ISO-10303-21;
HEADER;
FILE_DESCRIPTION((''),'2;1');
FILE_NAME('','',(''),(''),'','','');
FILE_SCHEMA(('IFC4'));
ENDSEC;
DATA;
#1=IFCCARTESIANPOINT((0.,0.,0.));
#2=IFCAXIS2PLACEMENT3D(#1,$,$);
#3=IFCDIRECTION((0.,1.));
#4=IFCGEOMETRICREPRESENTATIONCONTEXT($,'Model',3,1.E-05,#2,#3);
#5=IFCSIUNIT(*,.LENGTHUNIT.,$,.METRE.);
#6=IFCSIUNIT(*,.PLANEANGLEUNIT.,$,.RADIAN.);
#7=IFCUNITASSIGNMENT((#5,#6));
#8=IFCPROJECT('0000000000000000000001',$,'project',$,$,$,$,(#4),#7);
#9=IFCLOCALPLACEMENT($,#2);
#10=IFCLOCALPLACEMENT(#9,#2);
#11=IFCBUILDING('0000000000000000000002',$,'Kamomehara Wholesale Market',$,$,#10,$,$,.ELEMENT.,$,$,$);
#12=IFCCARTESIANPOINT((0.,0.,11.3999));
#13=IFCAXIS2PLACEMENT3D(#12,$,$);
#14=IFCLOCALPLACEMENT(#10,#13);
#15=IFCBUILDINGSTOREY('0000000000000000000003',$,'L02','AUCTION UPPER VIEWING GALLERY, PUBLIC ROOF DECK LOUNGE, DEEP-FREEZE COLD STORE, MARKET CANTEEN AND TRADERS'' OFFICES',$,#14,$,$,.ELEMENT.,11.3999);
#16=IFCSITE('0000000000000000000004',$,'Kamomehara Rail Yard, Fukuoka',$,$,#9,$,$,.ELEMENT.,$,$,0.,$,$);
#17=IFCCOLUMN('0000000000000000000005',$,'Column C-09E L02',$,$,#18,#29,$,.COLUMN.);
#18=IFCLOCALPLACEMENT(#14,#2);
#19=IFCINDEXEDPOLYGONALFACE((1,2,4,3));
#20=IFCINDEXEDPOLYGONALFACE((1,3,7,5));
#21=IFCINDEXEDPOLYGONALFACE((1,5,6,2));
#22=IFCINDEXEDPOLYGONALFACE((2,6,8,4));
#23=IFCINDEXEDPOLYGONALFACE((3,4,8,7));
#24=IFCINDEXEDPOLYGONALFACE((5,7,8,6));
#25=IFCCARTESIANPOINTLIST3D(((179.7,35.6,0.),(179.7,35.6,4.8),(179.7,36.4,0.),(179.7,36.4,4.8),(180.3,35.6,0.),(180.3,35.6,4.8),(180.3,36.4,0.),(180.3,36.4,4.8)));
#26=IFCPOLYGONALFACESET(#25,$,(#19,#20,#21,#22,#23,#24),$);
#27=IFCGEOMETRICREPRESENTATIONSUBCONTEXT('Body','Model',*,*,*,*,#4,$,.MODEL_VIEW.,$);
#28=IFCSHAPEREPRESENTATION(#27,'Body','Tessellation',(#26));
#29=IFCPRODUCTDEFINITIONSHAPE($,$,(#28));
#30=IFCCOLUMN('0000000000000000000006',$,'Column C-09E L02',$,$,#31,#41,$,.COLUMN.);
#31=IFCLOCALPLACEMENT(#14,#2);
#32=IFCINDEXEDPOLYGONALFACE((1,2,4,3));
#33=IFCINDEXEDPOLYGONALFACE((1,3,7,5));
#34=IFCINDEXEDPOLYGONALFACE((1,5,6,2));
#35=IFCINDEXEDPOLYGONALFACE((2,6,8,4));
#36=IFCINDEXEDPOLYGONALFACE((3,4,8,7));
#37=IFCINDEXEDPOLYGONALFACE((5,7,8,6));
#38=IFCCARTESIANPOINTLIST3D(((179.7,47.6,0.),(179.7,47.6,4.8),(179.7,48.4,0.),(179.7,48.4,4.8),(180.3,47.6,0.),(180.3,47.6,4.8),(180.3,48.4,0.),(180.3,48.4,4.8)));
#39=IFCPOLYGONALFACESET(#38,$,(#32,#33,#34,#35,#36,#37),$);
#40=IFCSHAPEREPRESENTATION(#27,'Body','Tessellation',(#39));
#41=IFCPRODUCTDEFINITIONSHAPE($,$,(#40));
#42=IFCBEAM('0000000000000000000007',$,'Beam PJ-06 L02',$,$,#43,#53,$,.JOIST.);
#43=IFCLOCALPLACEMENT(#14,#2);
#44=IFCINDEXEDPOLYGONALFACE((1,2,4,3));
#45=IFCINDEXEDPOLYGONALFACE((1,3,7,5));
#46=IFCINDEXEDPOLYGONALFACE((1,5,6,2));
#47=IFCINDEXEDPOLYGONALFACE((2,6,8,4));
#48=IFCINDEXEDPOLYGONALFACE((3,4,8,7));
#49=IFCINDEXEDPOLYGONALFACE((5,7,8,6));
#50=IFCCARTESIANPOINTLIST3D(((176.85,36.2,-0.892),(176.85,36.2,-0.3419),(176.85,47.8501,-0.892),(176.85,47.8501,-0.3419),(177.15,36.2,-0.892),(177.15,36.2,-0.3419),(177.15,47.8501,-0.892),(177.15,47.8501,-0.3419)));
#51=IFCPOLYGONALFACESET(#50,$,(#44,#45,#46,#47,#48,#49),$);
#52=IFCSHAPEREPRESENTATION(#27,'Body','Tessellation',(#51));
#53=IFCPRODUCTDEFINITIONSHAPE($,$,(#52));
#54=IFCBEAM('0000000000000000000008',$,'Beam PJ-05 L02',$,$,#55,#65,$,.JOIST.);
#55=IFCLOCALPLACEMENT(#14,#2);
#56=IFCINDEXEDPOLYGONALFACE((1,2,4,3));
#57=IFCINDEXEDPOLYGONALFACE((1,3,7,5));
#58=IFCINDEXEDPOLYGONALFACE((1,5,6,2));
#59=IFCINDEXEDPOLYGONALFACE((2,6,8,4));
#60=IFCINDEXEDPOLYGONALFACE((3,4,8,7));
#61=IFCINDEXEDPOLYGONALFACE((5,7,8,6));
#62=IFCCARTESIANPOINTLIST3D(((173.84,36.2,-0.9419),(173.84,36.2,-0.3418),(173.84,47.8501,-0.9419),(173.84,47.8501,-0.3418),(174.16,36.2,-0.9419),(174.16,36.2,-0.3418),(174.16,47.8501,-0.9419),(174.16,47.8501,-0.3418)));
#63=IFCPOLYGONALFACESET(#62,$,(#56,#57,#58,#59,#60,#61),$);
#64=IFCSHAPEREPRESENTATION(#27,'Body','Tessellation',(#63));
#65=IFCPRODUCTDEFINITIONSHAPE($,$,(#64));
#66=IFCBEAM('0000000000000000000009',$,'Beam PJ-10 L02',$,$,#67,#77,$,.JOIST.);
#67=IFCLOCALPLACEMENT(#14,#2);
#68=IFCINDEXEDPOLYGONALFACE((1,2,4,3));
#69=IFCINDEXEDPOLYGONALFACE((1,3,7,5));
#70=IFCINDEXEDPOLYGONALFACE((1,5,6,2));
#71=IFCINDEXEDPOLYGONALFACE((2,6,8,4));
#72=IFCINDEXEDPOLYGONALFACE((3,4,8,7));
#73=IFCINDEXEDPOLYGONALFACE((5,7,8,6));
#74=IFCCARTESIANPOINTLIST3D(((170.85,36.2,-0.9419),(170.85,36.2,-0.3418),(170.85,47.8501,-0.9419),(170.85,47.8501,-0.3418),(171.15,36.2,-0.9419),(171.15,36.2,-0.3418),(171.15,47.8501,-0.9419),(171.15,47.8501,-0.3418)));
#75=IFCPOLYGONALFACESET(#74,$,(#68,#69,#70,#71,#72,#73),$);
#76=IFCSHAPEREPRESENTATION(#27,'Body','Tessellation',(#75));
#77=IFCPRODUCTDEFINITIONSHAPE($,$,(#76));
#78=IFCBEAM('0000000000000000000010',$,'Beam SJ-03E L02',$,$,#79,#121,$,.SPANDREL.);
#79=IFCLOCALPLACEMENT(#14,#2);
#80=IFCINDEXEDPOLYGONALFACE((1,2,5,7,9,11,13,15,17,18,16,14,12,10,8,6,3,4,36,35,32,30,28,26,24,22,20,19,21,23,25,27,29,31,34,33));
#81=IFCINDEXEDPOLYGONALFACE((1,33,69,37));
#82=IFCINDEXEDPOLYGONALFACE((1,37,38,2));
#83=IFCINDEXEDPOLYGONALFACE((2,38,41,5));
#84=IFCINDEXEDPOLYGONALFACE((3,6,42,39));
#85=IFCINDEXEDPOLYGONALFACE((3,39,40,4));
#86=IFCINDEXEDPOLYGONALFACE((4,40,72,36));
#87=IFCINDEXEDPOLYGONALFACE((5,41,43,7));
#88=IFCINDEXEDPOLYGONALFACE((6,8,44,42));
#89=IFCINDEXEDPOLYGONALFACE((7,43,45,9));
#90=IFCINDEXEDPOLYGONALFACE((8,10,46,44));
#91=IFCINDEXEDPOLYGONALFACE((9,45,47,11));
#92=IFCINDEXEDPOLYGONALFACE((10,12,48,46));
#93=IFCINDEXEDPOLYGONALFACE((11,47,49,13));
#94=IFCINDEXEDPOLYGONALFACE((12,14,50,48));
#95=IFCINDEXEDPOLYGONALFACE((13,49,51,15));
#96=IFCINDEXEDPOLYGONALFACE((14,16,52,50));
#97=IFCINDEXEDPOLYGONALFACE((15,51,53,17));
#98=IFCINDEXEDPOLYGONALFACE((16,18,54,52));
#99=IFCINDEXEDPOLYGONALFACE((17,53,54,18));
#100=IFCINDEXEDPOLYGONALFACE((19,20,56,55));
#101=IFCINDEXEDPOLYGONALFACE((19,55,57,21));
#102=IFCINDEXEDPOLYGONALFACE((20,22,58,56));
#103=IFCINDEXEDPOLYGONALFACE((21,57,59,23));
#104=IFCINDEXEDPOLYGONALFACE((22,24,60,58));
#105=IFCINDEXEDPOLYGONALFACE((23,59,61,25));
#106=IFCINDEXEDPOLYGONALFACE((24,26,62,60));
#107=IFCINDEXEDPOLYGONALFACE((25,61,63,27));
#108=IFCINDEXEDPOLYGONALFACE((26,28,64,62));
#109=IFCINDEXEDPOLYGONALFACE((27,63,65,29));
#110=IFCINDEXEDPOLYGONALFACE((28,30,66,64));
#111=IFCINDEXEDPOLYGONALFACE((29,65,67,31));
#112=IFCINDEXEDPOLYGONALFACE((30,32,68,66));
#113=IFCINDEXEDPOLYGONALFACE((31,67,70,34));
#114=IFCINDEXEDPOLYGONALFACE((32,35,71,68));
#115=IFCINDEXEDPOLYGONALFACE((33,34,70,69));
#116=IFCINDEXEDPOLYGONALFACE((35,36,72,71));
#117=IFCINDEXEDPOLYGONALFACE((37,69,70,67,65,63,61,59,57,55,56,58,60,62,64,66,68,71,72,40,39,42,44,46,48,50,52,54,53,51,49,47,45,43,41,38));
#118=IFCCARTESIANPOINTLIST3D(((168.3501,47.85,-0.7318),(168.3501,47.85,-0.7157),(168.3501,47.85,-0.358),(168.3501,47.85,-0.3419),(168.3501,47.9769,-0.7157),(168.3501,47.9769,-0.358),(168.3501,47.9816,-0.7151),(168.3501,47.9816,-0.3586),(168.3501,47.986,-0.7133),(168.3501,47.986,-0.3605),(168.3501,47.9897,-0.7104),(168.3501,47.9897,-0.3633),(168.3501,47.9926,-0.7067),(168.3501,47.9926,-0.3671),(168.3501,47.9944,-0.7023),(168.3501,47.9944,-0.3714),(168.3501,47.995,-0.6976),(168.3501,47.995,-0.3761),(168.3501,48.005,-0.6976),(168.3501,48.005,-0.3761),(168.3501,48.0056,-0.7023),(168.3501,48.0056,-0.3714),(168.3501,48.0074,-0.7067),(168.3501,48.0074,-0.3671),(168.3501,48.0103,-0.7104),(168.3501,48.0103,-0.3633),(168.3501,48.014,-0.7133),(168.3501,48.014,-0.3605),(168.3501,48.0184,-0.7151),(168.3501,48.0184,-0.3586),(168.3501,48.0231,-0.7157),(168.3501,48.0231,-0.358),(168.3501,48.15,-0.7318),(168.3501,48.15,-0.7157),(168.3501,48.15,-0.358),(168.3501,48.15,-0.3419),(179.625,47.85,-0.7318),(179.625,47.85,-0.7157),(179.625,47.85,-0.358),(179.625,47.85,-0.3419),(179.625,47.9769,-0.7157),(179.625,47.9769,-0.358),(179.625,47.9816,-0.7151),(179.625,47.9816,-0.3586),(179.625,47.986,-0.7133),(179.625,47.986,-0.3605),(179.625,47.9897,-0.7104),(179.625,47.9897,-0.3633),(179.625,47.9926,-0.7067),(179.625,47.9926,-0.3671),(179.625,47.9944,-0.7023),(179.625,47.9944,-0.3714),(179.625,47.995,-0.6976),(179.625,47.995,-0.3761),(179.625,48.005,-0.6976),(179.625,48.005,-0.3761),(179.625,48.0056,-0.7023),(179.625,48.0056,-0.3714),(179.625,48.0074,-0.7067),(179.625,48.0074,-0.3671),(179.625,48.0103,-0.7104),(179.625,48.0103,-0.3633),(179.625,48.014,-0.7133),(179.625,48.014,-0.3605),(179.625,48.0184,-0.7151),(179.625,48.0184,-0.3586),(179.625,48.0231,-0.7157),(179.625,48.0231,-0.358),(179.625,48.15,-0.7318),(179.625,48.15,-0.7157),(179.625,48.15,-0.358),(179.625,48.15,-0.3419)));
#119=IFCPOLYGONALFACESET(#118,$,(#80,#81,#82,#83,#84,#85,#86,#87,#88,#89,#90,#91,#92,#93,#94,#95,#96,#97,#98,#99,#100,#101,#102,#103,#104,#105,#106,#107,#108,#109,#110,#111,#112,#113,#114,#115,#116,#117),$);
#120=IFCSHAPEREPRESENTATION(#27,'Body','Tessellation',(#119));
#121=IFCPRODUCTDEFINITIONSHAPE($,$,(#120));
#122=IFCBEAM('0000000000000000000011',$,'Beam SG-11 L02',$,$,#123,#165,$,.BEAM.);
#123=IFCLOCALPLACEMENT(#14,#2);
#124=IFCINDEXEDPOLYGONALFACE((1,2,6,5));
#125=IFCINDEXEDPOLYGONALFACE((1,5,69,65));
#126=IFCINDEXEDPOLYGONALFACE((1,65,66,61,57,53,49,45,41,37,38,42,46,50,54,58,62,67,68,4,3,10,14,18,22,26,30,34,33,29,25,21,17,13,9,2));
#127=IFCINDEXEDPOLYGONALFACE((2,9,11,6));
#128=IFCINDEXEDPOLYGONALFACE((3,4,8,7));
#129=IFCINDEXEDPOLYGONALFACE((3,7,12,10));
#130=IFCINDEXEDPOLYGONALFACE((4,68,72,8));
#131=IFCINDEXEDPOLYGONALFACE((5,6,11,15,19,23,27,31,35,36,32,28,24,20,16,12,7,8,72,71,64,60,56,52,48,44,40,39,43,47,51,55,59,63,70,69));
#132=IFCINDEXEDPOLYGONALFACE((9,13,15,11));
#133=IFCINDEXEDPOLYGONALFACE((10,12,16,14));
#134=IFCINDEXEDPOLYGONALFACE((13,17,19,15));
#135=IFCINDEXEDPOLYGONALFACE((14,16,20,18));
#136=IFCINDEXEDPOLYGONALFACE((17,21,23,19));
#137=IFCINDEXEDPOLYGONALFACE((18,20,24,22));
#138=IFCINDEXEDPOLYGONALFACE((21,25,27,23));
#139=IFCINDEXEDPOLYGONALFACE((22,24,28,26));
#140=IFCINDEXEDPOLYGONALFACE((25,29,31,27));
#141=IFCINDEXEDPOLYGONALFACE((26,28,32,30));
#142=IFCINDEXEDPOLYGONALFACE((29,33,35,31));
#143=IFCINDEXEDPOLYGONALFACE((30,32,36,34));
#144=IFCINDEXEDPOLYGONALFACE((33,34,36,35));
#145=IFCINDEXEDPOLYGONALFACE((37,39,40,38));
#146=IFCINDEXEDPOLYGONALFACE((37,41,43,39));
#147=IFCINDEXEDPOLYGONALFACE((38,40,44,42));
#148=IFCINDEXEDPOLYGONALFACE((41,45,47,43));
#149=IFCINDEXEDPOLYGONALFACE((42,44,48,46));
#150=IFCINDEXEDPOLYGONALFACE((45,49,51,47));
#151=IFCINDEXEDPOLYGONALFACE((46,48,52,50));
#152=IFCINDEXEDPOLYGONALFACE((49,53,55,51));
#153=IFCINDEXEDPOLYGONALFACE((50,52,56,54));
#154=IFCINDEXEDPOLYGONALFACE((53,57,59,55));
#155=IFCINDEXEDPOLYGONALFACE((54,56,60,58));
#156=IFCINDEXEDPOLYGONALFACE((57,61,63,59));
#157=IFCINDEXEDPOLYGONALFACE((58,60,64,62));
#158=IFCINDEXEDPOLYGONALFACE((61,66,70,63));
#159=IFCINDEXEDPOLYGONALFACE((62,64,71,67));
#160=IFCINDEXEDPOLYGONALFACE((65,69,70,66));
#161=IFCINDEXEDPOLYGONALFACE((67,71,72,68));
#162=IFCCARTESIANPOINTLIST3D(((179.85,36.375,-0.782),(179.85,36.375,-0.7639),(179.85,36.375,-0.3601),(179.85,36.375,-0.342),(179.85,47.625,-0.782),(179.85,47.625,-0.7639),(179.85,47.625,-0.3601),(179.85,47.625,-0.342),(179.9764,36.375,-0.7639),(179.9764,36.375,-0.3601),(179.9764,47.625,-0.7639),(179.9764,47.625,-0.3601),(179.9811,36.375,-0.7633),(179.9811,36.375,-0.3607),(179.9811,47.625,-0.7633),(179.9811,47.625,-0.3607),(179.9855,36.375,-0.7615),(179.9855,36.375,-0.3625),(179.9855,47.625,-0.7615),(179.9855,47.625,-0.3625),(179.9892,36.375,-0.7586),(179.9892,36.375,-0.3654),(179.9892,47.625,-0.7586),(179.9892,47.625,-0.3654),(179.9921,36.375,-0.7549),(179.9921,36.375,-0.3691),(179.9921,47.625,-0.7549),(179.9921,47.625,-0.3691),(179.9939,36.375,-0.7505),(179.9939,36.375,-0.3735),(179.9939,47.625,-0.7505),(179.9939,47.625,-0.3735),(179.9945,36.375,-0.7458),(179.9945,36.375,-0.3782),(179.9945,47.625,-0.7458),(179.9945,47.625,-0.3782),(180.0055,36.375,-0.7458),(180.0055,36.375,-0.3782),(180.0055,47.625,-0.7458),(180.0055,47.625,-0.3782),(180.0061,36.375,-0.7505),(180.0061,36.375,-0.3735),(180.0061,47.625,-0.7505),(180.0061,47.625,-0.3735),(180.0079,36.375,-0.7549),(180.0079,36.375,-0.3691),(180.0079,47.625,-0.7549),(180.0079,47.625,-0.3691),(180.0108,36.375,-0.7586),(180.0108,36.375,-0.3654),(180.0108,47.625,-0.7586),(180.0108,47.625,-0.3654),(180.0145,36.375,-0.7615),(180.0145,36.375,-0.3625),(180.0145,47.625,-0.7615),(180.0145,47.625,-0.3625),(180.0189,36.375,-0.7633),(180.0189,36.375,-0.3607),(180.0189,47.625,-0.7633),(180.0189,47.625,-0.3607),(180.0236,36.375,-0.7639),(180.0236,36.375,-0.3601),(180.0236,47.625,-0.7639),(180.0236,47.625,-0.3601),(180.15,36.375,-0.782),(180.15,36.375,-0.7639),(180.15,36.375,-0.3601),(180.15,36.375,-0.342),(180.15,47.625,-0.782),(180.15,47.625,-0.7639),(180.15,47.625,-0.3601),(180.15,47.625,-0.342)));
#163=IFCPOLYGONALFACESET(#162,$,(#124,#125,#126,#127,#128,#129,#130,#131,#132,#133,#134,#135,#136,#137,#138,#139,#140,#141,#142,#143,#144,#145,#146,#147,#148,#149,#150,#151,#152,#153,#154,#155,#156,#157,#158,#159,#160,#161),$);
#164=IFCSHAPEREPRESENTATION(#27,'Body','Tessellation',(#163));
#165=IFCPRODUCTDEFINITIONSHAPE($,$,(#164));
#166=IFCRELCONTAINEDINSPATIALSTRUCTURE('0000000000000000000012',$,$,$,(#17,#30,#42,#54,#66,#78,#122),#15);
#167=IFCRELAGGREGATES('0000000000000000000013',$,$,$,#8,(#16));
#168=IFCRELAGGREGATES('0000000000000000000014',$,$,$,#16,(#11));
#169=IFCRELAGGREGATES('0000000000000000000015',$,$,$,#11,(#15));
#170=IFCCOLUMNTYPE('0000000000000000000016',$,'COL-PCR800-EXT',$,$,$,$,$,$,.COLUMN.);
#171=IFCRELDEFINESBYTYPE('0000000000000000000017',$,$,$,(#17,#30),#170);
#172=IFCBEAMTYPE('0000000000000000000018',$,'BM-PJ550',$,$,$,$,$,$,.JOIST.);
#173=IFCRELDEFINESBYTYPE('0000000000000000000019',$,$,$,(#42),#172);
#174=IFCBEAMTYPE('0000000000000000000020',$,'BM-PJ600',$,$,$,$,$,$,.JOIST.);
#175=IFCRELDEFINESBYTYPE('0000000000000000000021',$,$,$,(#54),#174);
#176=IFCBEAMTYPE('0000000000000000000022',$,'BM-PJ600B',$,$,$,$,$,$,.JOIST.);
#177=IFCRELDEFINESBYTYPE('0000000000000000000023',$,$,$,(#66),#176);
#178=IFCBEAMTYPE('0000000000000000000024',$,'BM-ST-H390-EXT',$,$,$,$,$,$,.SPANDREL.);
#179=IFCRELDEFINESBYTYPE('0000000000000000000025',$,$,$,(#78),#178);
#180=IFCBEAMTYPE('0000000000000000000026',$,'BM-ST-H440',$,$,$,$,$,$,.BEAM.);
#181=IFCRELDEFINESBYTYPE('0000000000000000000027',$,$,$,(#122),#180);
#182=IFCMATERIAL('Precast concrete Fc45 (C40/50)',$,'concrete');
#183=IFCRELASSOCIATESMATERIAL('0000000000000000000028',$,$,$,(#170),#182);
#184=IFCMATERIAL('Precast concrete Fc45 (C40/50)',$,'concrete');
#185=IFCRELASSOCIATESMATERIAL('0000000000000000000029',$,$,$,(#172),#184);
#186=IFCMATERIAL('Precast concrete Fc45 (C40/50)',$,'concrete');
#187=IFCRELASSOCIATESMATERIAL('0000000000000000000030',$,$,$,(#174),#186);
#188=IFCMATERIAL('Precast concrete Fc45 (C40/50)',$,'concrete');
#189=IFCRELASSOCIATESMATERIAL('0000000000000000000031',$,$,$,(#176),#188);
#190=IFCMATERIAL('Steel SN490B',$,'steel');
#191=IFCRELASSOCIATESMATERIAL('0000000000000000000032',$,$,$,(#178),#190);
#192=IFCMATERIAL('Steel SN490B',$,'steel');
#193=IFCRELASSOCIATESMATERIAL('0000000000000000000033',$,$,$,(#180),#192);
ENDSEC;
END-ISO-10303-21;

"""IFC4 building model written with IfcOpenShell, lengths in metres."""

from ifc_helpers import new_model, si_unit, direction, frame, origin, origin_2d, place, context, subcontext, project, spatial, rectangle, i_section, extrude, material, material_profile, profile_set, type_object, element, save


model = new_model("IFC4")

# Units and contexts
model_context = context("Model", 3, precision=1e-05, world=origin(), true_north=direction((0.0, 1.0)))
body_context = subcontext(model_context, "Body", "Model", "MODEL_VIEW")
ifc_project = project(units=[si_unit("LENGTHUNIT", "METRE"), si_unit("PLANEANGLEUNIT", "RADIAN")], contexts=[model_context])

# Site, building, storey
site_placement = place(None, origin())
site = spatial("IfcSite", under=ifc_project, at=site_placement, Name="Kamomehara Rail Yard, Fukuoka", CompositionType="ELEMENT", RefElevation=0.0)
building_placement = place(site_placement, origin())
building = spatial("IfcBuilding", under=site, at=building_placement, Name="Kamomehara Wholesale Market", CompositionType="ELEMENT")
storey_placement = place(building_placement, frame((0.0, 0.0, 11.3999)))
storey = spatial("IfcBuildingStorey", under=building, at=storey_placement, Name="L02", Description="AUCTION UPPER VIEWING GALLERY, PUBLIC ROOF DECK LOUNGE, DEEP-FREEZE COLD STORE, MARKET CANTEEN AND TRADERS' OFFICES", CompositionType="ELEMENT", Elevation=11.3999)

# Columns
ifc_material_1 = material(Name="Precast concrete Fc45 (C40/50)", Category="concrete")
ifc_material_profile_1 = material_profile(ifc_material_1, rectangle(XDim=0.6001, YDim=0.8, at=origin_2d()), Name="PC-COL-600x800")
ifc_profile_set_1 = profile_set([ifc_material_profile_1], Name="Precast concrete Fc45 (C40/50)")
column_type = type_object("IfcColumnType", Name="COL-PCR800-EXT", PredefinedType="COLUMN", material=ifc_profile_set_1)
for number, where, z_axis, x_axis, name in (
    (1, (180.0, 36.0, 0.0), (0.0, 0.0, 1.0), (1.0, 0.0, 0.0), "Column C-09E L02"),
    (2, (180.0, 48.0, 0.0), (0.0, 0.0, 1.0), (1.0, 0.0, 0.0), "Column C-09E L02"),
):
    element("IfcColumn", number, at=place(storey_placement, frame(where, z_axis=z_axis, x_axis=x_axis)), inside=storey, type_object=column_type, Name=name, PredefinedType="COLUMN", context=body_context, shape_type="SweptSolid", body=[
        extrude(rectangle(XDim=0.6001, YDim=0.8, at=origin_2d()), origin(), (0.0, 0.0, 1.0), 4.8),
    ])

# Beams
ifc_material_2 = material(Name="Precast concrete Fc45 (C40/50)", Category="concrete")
ifc_material_profile_2 = material_profile(ifc_material_2, rectangle(XDim=0.3, YDim=0.55, at=origin_2d()), Name="PC-JST-300x550")
ifc_profile_set_2 = profile_set([ifc_material_profile_2], Name="Precast concrete Fc45 (C40/50)")
beam_type_1 = type_object("IfcBeamType", Name="BM-PJ550", PredefinedType="JOIST", material=ifc_profile_set_2)
beam_1_placement = place(storey_placement, frame((177.0, 36.2, -0.6169), z_axis=(0.0, 1.0, 0.0), x_axis=(-1.0, 0.0, 0.0)))
element("IfcBeam", 3, at=beam_1_placement, inside=storey, type_object=beam_type_1, Name="Beam PJ-06 L02", PredefinedType="JOIST", context=body_context, shape_type="SweptSolid", body=[
    extrude(rectangle(XDim=0.3, YDim=0.55, at=origin_2d()), origin(), (0.0, 0.0, 1.0), 11.6501),
])
ifc_material_3 = material(Name="Precast concrete Fc45 (C40/50)", Category="concrete")
ifc_material_profile_3 = material_profile(ifc_material_3, rectangle(XDim=0.3201, YDim=0.6001, at=origin_2d()), Name="PC-JST-320x600")
ifc_profile_set_3 = profile_set([ifc_material_profile_3], Name="Precast concrete Fc45 (C40/50)")
beam_type_2 = type_object("IfcBeamType", Name="BM-PJ600", PredefinedType="JOIST", material=ifc_profile_set_3)
beam_2_placement = place(storey_placement, frame((174.0, 36.2, -0.6418), z_axis=(0.0, 1.0, 0.0), x_axis=(-1.0, 0.0, 0.0)))
element("IfcBeam", 4, at=beam_2_placement, inside=storey, type_object=beam_type_2, Name="Beam PJ-05 L02", PredefinedType="JOIST", context=body_context, shape_type="SweptSolid", body=[
    extrude(rectangle(XDim=0.3201, YDim=0.6001, at=origin_2d()), origin(), (0.0, 0.0, 1.0), 11.6501),
])
ifc_material_4 = material(Name="Precast concrete Fc45 (C40/50)", Category="concrete")
ifc_material_profile_4 = material_profile(ifc_material_4, rectangle(XDim=0.3, YDim=0.6001, at=origin_2d()), Name="PC-JST-300x600")
ifc_profile_set_4 = profile_set([ifc_material_profile_4], Name="Precast concrete Fc45 (C40/50)")
beam_type_3 = type_object("IfcBeamType", Name="BM-PJ600B", PredefinedType="JOIST", material=ifc_profile_set_4)
beam_3_placement = place(storey_placement, frame((171.0, 36.2, -0.6418), z_axis=(0.0, 1.0, 0.0), x_axis=(-1.0, 0.0, 0.0)))
element("IfcBeam", 5, at=beam_3_placement, inside=storey, type_object=beam_type_3, Name="Beam PJ-10 L02", PredefinedType="JOIST", context=body_context, shape_type="SweptSolid", body=[
    extrude(rectangle(XDim=0.3, YDim=0.6001, at=origin_2d()), origin(), (0.0, 0.0, 1.0), 11.6501),
])
ifc_material_5 = material(Name="Steel SN490B", Category="steel")
ifc_material_profile_5 = material_profile(ifc_material_5, i_section(OverallWidth=0.3, OverallDepth=0.3899, WebThickness=0.01, FlangeThickness=0.0161, FilletRadius=0.0181, at=origin_2d()), Name="H-390x300x10x16")
ifc_profile_set_5 = profile_set([ifc_material_profile_5], Name="Steel SN490B")
beam_type_4 = type_object("IfcBeamType", Name="BM-ST-H390-EXT", PredefinedType="SPANDREL", material=ifc_profile_set_5)
beam_4_placement = place(storey_placement, frame((168.3501, 48.0, -0.5369), z_axis=(1.0, 0.0, 0.0), x_axis=(0.0, 1.0, 0.0)))
element("IfcBeam", 6, at=beam_4_placement, inside=storey, type_object=beam_type_4, Name="Beam SJ-03E L02", PredefinedType="SPANDREL", context=body_context, shape_type="SweptSolid", body=[
    extrude(i_section(OverallWidth=0.3, OverallDepth=0.3899, WebThickness=0.01, FlangeThickness=0.0161, FilletRadius=0.0181, at=origin_2d()), origin(), (0.0, 0.0, 1.0), 11.2749),
])
ifc_material_6 = material(Name="Steel SN490B", Category="steel")
ifc_material_profile_6 = material_profile(ifc_material_6, i_section(OverallWidth=0.3, OverallDepth=0.4399, WebThickness=0.011, FlangeThickness=0.0181, FilletRadius=0.0181, at=origin_2d()), Name="H-440x300x11x18")
ifc_profile_set_6 = profile_set([ifc_material_profile_6], Name="Steel SN490B")
beam_type_5 = type_object("IfcBeamType", Name="BM-ST-H440", PredefinedType="BEAM", material=ifc_profile_set_6)
beam_5_placement = place(storey_placement, frame((180.0, 36.375, -0.562), z_axis=(0.0, 1.0, 0.0), x_axis=(-1.0, 0.0, 0.0)))
element("IfcBeam", 7, at=beam_5_placement, inside=storey, type_object=beam_type_5, Name="Beam SG-11 L02", PredefinedType="BEAM", context=body_context, shape_type="SweptSolid", body=[
    extrude(i_section(OverallWidth=0.3, OverallDepth=0.4399, WebThickness=0.011, FlangeThickness=0.0181, FilletRadius=0.0181, at=origin_2d()), origin(), (0.0, 0.0, 1.0), 11.25),
])

save(model, "model.ifc")
